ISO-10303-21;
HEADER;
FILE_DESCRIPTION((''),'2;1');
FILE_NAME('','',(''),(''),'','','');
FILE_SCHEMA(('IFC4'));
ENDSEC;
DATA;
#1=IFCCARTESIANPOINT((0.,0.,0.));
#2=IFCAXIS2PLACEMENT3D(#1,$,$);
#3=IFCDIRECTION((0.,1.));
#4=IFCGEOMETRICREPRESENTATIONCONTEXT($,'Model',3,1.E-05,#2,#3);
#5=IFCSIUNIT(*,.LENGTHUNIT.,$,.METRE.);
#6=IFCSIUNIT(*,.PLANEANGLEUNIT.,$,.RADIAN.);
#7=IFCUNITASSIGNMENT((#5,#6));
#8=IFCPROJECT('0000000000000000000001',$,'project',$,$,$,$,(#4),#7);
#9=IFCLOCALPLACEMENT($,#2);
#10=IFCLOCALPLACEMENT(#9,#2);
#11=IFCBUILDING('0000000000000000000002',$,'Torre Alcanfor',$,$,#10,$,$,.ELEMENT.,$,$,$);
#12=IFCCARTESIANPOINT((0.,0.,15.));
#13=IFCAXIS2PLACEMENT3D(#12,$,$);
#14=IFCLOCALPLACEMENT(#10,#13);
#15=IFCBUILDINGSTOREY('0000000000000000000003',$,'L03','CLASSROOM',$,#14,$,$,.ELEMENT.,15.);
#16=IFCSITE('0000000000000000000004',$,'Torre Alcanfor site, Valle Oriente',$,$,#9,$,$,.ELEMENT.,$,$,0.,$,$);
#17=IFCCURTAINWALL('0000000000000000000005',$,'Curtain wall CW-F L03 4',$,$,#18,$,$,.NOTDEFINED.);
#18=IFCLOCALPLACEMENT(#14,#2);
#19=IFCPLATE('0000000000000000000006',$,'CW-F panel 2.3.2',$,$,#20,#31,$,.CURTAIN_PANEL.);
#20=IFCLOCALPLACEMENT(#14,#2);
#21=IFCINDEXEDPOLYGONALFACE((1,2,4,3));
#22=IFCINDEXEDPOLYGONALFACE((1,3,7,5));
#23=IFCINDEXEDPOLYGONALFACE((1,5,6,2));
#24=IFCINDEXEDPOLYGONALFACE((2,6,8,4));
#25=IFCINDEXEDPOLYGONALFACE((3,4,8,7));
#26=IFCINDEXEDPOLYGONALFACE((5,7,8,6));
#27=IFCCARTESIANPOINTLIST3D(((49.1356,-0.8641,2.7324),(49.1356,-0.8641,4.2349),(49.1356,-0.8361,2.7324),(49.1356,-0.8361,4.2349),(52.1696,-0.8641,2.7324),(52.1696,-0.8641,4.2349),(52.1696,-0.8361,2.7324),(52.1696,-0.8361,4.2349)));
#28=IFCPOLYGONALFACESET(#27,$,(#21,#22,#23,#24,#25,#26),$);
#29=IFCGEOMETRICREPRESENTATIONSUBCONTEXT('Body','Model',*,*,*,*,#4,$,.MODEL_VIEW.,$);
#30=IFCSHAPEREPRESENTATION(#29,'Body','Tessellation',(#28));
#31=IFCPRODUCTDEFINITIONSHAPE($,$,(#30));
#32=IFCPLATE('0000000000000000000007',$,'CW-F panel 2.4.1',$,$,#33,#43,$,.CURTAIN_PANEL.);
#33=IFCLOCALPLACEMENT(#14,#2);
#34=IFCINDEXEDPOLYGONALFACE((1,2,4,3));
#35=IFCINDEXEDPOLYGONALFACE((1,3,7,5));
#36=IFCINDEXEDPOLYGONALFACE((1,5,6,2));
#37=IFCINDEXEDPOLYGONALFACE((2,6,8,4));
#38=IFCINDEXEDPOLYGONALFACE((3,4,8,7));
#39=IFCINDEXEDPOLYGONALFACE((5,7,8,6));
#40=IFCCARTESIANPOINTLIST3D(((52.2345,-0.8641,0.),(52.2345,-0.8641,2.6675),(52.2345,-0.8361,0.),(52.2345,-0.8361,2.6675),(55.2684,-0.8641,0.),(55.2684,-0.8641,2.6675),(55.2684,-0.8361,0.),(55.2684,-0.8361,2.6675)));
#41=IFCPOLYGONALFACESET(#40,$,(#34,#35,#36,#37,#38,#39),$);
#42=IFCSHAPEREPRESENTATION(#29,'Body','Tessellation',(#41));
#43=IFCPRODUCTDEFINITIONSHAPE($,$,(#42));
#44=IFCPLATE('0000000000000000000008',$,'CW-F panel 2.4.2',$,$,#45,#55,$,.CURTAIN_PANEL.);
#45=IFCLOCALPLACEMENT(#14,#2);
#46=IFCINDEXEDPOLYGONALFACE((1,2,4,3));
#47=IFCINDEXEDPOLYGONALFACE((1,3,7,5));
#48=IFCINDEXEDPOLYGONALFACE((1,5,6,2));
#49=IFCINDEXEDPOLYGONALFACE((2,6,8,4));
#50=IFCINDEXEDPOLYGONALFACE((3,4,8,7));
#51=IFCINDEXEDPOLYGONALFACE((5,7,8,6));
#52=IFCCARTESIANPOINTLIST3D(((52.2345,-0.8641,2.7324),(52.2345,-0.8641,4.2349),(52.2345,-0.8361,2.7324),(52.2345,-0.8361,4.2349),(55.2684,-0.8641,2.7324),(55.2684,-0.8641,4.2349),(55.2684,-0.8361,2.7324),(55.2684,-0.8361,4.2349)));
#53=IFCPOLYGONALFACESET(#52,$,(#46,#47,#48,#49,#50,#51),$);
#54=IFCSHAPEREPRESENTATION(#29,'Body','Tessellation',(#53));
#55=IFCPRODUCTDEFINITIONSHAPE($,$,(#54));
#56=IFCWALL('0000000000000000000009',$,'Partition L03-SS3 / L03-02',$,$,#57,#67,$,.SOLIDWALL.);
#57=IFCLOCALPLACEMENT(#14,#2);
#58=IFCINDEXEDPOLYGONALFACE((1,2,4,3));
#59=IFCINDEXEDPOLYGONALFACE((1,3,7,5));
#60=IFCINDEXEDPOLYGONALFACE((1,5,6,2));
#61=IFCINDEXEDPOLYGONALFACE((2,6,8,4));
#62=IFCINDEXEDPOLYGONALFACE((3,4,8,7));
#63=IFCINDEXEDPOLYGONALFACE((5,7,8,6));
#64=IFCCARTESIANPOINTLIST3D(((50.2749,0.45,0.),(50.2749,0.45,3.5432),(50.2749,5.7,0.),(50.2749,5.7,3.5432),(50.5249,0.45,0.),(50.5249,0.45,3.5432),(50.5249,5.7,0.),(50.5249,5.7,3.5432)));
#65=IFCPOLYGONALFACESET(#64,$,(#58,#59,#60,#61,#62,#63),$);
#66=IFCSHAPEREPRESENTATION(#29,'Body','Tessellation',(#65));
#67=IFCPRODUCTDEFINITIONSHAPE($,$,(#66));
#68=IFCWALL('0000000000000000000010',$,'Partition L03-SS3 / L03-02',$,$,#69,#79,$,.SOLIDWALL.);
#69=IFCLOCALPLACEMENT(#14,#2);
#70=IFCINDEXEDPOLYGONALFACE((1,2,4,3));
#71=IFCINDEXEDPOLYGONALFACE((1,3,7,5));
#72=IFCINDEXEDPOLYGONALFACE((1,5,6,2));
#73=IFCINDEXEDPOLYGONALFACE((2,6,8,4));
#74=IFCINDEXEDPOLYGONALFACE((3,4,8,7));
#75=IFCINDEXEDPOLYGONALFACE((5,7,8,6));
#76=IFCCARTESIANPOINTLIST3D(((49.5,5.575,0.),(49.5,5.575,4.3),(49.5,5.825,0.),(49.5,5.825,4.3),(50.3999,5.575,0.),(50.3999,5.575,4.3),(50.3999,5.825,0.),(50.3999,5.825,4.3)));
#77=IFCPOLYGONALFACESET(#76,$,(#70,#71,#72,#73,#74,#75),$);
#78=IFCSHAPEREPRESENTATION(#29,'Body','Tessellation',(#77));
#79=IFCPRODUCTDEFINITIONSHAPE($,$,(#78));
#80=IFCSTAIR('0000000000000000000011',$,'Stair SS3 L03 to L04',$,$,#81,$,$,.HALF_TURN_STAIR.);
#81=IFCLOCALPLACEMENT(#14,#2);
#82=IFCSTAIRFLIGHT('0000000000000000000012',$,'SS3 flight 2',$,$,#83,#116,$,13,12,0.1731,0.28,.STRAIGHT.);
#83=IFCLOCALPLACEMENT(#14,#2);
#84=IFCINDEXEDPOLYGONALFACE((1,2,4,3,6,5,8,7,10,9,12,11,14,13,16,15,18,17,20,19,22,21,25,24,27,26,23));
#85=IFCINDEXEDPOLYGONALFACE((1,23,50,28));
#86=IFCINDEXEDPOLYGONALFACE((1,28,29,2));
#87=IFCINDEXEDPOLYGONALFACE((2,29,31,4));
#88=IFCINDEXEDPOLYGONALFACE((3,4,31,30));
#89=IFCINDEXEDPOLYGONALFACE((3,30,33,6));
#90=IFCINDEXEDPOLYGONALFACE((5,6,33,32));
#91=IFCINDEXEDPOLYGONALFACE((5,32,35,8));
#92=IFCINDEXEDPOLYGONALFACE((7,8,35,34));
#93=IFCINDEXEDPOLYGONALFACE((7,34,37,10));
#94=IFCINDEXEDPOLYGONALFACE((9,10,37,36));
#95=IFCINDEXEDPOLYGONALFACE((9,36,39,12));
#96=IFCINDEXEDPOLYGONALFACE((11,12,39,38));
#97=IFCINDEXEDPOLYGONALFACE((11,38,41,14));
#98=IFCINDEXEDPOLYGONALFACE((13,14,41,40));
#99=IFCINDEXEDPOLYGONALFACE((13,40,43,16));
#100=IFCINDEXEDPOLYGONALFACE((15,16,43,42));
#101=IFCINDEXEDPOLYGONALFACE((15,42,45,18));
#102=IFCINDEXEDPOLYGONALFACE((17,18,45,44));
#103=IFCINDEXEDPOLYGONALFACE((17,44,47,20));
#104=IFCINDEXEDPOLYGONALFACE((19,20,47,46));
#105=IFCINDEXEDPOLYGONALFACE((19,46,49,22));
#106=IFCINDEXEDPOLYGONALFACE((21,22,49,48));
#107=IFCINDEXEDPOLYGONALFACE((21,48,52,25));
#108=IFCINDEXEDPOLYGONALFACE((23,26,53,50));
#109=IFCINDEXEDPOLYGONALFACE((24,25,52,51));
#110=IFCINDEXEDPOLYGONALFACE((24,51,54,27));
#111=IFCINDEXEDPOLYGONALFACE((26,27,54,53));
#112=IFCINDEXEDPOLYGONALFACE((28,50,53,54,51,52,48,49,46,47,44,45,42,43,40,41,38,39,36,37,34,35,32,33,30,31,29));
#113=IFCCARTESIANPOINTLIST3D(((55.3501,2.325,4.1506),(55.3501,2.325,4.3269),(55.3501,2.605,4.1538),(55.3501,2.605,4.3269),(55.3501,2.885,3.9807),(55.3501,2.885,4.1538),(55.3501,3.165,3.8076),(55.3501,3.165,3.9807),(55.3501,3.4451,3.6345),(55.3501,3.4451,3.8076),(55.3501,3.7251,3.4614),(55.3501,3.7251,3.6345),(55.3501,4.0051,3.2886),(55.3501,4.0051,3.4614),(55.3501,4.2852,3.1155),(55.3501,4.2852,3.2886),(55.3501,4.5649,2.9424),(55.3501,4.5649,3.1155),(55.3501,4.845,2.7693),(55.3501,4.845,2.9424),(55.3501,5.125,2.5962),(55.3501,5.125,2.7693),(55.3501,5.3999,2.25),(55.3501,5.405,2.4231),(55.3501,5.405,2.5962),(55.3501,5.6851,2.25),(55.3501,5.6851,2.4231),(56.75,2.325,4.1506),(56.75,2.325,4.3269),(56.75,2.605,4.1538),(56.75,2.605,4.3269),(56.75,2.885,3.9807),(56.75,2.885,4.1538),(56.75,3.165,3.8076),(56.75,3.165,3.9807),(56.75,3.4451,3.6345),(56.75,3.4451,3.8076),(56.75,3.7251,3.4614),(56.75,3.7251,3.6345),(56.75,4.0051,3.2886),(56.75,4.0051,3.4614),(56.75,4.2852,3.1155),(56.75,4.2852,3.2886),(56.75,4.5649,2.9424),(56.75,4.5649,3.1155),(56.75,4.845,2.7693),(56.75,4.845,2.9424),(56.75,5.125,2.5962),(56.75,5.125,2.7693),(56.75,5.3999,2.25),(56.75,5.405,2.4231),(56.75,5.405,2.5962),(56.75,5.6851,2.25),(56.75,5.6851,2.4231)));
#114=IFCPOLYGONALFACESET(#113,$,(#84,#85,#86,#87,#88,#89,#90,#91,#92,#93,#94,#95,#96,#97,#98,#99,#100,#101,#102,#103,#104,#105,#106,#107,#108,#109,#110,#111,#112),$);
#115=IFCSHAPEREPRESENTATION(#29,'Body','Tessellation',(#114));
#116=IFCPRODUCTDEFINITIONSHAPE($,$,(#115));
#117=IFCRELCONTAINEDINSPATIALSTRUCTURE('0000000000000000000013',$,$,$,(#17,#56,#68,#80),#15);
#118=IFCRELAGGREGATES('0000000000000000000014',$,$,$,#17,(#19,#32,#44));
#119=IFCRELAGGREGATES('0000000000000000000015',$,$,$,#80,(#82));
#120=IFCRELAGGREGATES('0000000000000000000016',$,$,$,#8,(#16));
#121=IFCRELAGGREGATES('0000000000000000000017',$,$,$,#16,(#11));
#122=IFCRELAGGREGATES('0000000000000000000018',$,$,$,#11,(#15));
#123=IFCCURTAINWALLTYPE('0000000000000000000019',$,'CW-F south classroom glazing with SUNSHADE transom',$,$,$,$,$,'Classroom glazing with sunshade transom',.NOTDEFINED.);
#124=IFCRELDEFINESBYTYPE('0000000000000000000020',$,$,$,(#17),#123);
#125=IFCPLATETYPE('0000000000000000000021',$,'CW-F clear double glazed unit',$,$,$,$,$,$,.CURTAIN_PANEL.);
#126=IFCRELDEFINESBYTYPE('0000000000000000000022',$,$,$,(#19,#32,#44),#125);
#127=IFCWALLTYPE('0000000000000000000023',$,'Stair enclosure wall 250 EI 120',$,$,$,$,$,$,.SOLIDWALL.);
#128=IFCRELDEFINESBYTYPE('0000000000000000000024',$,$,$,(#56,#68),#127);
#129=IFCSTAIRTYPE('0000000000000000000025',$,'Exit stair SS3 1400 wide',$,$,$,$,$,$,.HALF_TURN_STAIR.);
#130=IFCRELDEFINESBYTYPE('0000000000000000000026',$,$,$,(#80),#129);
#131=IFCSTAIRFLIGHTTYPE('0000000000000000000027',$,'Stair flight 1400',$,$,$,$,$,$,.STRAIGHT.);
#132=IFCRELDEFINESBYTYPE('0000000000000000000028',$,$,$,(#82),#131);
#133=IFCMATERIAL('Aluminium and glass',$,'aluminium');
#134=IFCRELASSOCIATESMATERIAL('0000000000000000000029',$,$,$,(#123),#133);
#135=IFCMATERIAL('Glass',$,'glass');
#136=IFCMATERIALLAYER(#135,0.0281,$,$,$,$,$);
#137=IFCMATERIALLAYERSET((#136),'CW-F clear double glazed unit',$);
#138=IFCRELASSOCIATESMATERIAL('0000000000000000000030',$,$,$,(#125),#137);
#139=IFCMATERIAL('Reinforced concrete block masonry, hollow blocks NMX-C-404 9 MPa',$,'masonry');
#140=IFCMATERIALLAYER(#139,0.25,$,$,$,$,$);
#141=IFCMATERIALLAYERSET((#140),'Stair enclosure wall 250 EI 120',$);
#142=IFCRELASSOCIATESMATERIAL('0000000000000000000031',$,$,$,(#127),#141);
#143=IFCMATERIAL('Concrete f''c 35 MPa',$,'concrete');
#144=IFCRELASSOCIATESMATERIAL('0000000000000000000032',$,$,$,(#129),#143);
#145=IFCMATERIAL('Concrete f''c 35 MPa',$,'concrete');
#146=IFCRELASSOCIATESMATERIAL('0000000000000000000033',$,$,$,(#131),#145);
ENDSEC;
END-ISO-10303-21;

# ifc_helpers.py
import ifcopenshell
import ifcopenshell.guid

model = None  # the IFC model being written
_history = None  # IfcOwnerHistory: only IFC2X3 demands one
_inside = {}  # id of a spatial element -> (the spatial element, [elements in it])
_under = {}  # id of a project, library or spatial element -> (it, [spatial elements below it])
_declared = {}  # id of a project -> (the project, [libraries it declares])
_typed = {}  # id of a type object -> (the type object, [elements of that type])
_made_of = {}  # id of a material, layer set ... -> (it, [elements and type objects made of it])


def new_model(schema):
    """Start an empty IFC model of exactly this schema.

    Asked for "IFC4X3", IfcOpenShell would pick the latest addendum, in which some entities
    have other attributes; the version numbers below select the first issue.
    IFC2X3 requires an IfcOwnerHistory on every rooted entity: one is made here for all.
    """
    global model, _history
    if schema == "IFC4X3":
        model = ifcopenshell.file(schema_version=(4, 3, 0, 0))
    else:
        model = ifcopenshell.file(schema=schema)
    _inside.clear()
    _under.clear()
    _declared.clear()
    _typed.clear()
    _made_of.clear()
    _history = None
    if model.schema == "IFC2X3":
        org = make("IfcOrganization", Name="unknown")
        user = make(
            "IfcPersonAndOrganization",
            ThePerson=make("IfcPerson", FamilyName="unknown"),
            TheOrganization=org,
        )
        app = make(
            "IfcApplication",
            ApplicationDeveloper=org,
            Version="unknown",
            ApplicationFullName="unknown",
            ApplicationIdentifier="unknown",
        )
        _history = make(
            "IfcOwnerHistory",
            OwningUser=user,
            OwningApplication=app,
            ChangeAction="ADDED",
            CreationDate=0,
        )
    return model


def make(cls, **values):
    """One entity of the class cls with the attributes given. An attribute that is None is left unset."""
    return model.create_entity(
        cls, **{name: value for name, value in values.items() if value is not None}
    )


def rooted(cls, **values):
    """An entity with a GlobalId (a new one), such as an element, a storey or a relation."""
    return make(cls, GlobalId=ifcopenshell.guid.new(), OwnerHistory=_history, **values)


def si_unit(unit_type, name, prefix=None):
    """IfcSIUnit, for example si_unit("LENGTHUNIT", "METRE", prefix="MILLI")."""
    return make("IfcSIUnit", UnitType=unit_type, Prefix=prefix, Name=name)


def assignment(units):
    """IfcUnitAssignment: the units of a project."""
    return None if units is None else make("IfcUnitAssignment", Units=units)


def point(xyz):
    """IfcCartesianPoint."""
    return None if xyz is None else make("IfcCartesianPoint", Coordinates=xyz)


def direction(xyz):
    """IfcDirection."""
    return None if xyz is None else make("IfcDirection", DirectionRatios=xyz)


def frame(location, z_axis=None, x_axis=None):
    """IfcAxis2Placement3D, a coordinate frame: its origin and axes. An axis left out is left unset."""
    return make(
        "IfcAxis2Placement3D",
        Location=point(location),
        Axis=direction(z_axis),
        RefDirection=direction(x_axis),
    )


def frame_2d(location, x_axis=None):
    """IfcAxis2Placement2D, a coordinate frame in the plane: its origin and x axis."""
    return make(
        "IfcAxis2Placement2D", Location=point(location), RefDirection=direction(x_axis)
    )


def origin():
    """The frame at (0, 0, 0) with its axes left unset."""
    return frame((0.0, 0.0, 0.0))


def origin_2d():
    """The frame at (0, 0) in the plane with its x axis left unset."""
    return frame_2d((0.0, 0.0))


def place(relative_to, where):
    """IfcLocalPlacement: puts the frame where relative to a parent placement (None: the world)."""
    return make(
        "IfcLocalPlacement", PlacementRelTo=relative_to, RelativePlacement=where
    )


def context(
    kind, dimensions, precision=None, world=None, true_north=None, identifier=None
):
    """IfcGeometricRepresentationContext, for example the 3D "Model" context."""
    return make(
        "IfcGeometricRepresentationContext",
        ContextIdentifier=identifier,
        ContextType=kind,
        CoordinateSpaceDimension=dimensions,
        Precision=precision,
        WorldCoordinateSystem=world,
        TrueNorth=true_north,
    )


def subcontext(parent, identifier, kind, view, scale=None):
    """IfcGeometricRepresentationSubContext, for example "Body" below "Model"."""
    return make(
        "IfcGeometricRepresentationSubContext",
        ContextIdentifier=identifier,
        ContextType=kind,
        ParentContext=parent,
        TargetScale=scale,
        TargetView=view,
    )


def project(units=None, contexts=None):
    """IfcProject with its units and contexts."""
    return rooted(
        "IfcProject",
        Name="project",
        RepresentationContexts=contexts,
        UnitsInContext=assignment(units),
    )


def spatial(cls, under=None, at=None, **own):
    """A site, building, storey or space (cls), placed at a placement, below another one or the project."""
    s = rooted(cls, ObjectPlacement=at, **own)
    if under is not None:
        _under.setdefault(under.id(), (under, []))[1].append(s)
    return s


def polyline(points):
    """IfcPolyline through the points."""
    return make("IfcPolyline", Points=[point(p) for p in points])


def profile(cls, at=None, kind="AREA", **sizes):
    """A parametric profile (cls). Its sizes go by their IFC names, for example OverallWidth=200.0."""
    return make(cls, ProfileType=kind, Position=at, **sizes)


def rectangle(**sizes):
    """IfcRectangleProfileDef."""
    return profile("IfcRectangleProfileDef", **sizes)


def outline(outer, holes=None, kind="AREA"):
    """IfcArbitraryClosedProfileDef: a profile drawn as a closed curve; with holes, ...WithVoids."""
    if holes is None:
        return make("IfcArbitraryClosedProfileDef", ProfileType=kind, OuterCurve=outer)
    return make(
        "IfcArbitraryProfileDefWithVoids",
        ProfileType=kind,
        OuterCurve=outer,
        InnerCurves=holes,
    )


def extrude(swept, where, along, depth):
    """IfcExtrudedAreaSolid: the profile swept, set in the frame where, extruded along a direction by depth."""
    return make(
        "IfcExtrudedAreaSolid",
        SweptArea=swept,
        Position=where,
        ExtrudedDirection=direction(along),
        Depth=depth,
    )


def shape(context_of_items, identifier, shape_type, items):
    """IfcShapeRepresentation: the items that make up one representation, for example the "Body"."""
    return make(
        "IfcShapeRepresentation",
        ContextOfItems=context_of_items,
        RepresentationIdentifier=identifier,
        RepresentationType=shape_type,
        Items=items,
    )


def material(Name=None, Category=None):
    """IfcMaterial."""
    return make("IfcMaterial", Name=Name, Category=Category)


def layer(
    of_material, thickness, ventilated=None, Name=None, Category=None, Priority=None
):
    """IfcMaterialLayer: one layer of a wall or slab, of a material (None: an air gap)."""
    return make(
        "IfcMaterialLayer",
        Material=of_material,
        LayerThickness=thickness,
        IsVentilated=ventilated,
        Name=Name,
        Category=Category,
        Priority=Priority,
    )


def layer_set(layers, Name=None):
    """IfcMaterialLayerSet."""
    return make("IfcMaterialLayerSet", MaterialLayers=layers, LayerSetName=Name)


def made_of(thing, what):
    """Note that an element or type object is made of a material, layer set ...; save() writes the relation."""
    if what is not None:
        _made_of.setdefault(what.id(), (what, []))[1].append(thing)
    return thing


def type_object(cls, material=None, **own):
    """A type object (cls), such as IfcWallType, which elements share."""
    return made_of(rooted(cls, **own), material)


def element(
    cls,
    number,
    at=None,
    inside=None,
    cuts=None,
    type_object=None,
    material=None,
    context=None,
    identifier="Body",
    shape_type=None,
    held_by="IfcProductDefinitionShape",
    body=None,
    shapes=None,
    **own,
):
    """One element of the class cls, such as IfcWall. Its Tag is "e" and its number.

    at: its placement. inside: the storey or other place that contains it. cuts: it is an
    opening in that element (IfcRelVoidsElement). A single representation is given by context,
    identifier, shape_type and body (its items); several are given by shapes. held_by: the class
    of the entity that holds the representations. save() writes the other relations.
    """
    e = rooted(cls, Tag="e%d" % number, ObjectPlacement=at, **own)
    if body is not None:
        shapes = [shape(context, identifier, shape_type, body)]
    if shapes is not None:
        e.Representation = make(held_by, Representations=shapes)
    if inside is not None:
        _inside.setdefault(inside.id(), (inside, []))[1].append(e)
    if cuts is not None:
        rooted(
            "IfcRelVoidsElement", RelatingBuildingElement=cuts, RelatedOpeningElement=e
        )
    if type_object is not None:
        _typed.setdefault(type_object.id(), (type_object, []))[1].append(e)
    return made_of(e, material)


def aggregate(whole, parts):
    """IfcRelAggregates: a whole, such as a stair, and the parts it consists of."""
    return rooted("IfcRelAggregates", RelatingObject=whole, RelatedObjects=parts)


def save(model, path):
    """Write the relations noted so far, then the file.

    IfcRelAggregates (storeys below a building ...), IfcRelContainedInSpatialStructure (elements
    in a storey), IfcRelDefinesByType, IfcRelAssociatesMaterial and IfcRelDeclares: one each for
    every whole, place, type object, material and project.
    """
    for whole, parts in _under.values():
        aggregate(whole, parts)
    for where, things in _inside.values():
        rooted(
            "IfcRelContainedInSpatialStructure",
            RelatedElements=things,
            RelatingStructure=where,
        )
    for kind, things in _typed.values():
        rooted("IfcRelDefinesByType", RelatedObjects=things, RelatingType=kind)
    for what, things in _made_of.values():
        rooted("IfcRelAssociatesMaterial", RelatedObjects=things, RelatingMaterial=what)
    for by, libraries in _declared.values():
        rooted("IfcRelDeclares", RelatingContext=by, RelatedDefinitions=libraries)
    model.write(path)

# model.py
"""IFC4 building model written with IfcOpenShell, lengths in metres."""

from ifc_helpers import new_model, si_unit, direction, frame, frame_2d, origin, origin_2d, place, context, subcontext, project, spatial, polyline, rectangle, outline, extrude, material, layer, layer_set, type_object, element, aggregate, save


model = new_model("IFC4")

# Units and contexts
model_context = context("Model", 3, precision=1e-05, world=origin(), true_north=direction((0.0, 1.0)))
body_context = subcontext(model_context, "Body", "Model", "MODEL_VIEW")
ifc_project = project(units=[si_unit("LENGTHUNIT", "METRE"), si_unit("PLANEANGLEUNIT", "RADIAN")], contexts=[model_context])

# Site, building, storey
site_placement = place(None, origin())
site = spatial("IfcSite", under=ifc_project, at=site_placement, Name="Torre Alcanfor site, Valle Oriente", CompositionType="ELEMENT", RefElevation=0.0)
building_placement = place(site_placement, origin())
building = spatial("IfcBuilding", under=site, at=building_placement, Name="Torre Alcanfor", CompositionType="ELEMENT")
storey_placement = place(building_placement, frame((0.0, 0.0, 15.0)))
storey = spatial("IfcBuildingStorey", under=building, at=storey_placement, Name="L03", Description="CLASSROOM", CompositionType="ELEMENT", Elevation=15.0)

# Curtain wall
ifc_material_1 = material(Name="Aluminium and glass", Category="aluminium")
curtain_wall_type = type_object("IfcCurtainWallType", Name="CW-F south classroom glazing with SUNSHADE transom", ElementType="Classroom glazing with sunshade transom", PredefinedType="NOTDEFINED", material=ifc_material_1)
curtain_wall_placement = place(storey_placement, origin())
curtain_wall = element("IfcCurtainWall", 1, at=curtain_wall_placement, inside=storey, type_object=curtain_wall_type, Name="Curtain wall CW-F L03 4", PredefinedType="NOTDEFINED")

# Plates
ifc_material_2 = material(Name="Glass", Category="glass")
ifc_layer_1 = layer(ifc_material_2, 0.0281)
ifc_layer_set_1 = layer_set([ifc_layer_1], Name="CW-F clear double glazed unit")
plate_type = type_object("IfcPlateType", Name="CW-F clear double glazed unit", PredefinedType="CURTAIN_PANEL", material=ifc_layer_set_1)
plate_1_placement = place(storey_placement, frame((50.6526, -0.8501, 2.7324), z_axis=(0.0, 0.0, 1.0), x_axis=(1.0, 0.0, 0.0)))
plate_1 = element("IfcPlate", 2, at=plate_1_placement, type_object=plate_type, Name="CW-F panel 2.3.2", PredefinedType="CURTAIN_PANEL", context=body_context, shape_type="SweptSolid", body=[
    extrude(rectangle(XDim=3.0339, YDim=0.0281, at=origin_2d()), origin(), (0.0, 0.0, 1.0), 1.5024),
])
plate_2_placement = place(storey_placement, frame((53.7515, -0.8501, 0.0), z_axis=(0.0, 0.0, 1.0), x_axis=(1.0, 0.0, 0.0)))
plate_2 = element("IfcPlate", 3, at=plate_2_placement, type_object=plate_type, Name="CW-F panel 2.4.1", PredefinedType="CURTAIN_PANEL", context=body_context, shape_type="SweptSolid", body=[
    extrude(rectangle(XDim=3.0339, YDim=0.0281, at=origin_2d()), origin(), (0.0, 0.0, 1.0), 2.6675),
])
plate_3_placement = place(storey_placement, frame((53.7515, -0.8501, 2.7324), z_axis=(0.0, 0.0, 1.0), x_axis=(1.0, 0.0, 0.0)))
plate_3 = element("IfcPlate", 4, at=plate_3_placement, type_object=plate_type, Name="CW-F panel 2.4.2", PredefinedType="CURTAIN_PANEL", context=body_context, shape_type="SweptSolid", body=[
    extrude(rectangle(XDim=3.0339, YDim=0.0281, at=origin_2d()), origin(), (0.0, 0.0, 1.0), 1.5024),
])
aggregate(curtain_wall, [plate_1, plate_2, plate_3])

# Walls
ifc_material_3 = material(Name="Reinforced concrete block masonry, hollow blocks NMX-C-404 9 MPa", Category="masonry")
ifc_layer_2 = layer(ifc_material_3, 0.25)
ifc_layer_set_2 = layer_set([ifc_layer_2], Name="Stair enclosure wall 250 EI 120")
wall_type = type_object("IfcWallType", Name="Stair enclosure wall 250 EI 120", PredefinedType="SOLIDWALL", material=ifc_layer_set_2)
wall_1_placement = place(storey_placement, frame((50.3999, 0.45, 0.0), z_axis=(0.0, 0.0, 1.0), x_axis=(0.0, 1.0, 0.0)))
element("IfcWall", 5, at=wall_1_placement, inside=storey, type_object=wall_type, Name="Partition L03-SS3 / L03-02", PredefinedType="SOLIDWALL", context=body_context, shape_type="SweptSolid", body=[
    extrude(rectangle(XDim=5.25, YDim=0.25, at=frame_2d((2.625, 0.0))), origin(), (0.0, 0.0, 1.0), 3.5432),
])
wall_2_placement = place(storey_placement, frame((50.3999, 5.7, 0.0), z_axis=(0.0, 0.0, 1.0), x_axis=(-1.0, 0.0, 0.0)))
element("IfcWall", 6, at=wall_2_placement, inside=storey, type_object=wall_type, Name="Partition L03-SS3 / L03-02", PredefinedType="SOLIDWALL", context=body_context, shape_type="SweptSolid", body=[
    extrude(rectangle(XDim=0.8999, YDim=0.25, at=frame_2d((0.45, 0.0))), origin(), (0.0, 0.0, 1.0), 4.3),
])

# Stair, stair flight
ifc_material_4 = material(Name="Concrete f'c 35 MPa", Category="concrete")
stair_type = type_object("IfcStairType", Name="Exit stair SS3 1400 wide", PredefinedType="HALF_TURN_STAIR", material=ifc_material_4)
stair_placement = place(storey_placement, origin())
stair = element("IfcStair", 7, at=stair_placement, inside=storey, type_object=stair_type, Name="Stair SS3 L03 to L04", PredefinedType="HALF_TURN_STAIR")
ifc_material_5 = material(Name="Concrete f'c 35 MPa", Category="concrete")
stair_flight_type = type_object("IfcStairFlightType", Name="Stair flight 1400", PredefinedType="STRAIGHT", material=ifc_material_5)
stair_flight_placement = place(storey_placement, frame((56.05, 5.6851, 2.25), z_axis=(0.0, 0.0, 1.0), x_axis=(0.0, -1.0, 0.0)))
stair_flight = element("IfcStairFlight", 8, at=stair_flight_placement, type_object=stair_flight_type, Name="SS3 flight 2", NumberOfRisers=13, NumberOfTreads=12, PredefinedType="STRAIGHT", RiserHeight=0.1731, TreadLength=0.28, context=body_context, shape_type="SweptSolid", body=[
    extrude(outline(polyline([(0.0, 0.0), (0.0, 0.1731), (0.28, 0.1731), (0.28, 0.3462), (0.5601, 0.3462), (0.5601, 0.5193), (0.8401, 0.5193), (0.8401, 0.6924), (1.1201, 0.6924), (1.1201, 0.8655), (1.3999, 0.8655), (1.3999, 1.0386), (1.6799, 1.0386), (1.6799, 1.2114), (1.96, 1.2114), (1.96, 1.3845), (2.24, 1.3845), (2.24, 1.5576), (2.52, 1.5576), (2.52, 1.7307), (2.8, 1.7307), (2.8, 1.9038), (3.0801, 1.9038), (3.0801, 2.0769), (3.3601, 2.0769), (3.3601, 2.25), (3.3601, 1.9006), (0.2852, 0.0), (0.0, 0.0)])), frame((0.0, 0.7, 0.0), z_axis=(0.0, -1.0, 0.0), x_axis=(1.0, 0.0, 0.0)), (0.0, 0.0, 1.0), 1.3999),
])
aggregate(stair, [stair_flight])

save(model, "model.ifc")
